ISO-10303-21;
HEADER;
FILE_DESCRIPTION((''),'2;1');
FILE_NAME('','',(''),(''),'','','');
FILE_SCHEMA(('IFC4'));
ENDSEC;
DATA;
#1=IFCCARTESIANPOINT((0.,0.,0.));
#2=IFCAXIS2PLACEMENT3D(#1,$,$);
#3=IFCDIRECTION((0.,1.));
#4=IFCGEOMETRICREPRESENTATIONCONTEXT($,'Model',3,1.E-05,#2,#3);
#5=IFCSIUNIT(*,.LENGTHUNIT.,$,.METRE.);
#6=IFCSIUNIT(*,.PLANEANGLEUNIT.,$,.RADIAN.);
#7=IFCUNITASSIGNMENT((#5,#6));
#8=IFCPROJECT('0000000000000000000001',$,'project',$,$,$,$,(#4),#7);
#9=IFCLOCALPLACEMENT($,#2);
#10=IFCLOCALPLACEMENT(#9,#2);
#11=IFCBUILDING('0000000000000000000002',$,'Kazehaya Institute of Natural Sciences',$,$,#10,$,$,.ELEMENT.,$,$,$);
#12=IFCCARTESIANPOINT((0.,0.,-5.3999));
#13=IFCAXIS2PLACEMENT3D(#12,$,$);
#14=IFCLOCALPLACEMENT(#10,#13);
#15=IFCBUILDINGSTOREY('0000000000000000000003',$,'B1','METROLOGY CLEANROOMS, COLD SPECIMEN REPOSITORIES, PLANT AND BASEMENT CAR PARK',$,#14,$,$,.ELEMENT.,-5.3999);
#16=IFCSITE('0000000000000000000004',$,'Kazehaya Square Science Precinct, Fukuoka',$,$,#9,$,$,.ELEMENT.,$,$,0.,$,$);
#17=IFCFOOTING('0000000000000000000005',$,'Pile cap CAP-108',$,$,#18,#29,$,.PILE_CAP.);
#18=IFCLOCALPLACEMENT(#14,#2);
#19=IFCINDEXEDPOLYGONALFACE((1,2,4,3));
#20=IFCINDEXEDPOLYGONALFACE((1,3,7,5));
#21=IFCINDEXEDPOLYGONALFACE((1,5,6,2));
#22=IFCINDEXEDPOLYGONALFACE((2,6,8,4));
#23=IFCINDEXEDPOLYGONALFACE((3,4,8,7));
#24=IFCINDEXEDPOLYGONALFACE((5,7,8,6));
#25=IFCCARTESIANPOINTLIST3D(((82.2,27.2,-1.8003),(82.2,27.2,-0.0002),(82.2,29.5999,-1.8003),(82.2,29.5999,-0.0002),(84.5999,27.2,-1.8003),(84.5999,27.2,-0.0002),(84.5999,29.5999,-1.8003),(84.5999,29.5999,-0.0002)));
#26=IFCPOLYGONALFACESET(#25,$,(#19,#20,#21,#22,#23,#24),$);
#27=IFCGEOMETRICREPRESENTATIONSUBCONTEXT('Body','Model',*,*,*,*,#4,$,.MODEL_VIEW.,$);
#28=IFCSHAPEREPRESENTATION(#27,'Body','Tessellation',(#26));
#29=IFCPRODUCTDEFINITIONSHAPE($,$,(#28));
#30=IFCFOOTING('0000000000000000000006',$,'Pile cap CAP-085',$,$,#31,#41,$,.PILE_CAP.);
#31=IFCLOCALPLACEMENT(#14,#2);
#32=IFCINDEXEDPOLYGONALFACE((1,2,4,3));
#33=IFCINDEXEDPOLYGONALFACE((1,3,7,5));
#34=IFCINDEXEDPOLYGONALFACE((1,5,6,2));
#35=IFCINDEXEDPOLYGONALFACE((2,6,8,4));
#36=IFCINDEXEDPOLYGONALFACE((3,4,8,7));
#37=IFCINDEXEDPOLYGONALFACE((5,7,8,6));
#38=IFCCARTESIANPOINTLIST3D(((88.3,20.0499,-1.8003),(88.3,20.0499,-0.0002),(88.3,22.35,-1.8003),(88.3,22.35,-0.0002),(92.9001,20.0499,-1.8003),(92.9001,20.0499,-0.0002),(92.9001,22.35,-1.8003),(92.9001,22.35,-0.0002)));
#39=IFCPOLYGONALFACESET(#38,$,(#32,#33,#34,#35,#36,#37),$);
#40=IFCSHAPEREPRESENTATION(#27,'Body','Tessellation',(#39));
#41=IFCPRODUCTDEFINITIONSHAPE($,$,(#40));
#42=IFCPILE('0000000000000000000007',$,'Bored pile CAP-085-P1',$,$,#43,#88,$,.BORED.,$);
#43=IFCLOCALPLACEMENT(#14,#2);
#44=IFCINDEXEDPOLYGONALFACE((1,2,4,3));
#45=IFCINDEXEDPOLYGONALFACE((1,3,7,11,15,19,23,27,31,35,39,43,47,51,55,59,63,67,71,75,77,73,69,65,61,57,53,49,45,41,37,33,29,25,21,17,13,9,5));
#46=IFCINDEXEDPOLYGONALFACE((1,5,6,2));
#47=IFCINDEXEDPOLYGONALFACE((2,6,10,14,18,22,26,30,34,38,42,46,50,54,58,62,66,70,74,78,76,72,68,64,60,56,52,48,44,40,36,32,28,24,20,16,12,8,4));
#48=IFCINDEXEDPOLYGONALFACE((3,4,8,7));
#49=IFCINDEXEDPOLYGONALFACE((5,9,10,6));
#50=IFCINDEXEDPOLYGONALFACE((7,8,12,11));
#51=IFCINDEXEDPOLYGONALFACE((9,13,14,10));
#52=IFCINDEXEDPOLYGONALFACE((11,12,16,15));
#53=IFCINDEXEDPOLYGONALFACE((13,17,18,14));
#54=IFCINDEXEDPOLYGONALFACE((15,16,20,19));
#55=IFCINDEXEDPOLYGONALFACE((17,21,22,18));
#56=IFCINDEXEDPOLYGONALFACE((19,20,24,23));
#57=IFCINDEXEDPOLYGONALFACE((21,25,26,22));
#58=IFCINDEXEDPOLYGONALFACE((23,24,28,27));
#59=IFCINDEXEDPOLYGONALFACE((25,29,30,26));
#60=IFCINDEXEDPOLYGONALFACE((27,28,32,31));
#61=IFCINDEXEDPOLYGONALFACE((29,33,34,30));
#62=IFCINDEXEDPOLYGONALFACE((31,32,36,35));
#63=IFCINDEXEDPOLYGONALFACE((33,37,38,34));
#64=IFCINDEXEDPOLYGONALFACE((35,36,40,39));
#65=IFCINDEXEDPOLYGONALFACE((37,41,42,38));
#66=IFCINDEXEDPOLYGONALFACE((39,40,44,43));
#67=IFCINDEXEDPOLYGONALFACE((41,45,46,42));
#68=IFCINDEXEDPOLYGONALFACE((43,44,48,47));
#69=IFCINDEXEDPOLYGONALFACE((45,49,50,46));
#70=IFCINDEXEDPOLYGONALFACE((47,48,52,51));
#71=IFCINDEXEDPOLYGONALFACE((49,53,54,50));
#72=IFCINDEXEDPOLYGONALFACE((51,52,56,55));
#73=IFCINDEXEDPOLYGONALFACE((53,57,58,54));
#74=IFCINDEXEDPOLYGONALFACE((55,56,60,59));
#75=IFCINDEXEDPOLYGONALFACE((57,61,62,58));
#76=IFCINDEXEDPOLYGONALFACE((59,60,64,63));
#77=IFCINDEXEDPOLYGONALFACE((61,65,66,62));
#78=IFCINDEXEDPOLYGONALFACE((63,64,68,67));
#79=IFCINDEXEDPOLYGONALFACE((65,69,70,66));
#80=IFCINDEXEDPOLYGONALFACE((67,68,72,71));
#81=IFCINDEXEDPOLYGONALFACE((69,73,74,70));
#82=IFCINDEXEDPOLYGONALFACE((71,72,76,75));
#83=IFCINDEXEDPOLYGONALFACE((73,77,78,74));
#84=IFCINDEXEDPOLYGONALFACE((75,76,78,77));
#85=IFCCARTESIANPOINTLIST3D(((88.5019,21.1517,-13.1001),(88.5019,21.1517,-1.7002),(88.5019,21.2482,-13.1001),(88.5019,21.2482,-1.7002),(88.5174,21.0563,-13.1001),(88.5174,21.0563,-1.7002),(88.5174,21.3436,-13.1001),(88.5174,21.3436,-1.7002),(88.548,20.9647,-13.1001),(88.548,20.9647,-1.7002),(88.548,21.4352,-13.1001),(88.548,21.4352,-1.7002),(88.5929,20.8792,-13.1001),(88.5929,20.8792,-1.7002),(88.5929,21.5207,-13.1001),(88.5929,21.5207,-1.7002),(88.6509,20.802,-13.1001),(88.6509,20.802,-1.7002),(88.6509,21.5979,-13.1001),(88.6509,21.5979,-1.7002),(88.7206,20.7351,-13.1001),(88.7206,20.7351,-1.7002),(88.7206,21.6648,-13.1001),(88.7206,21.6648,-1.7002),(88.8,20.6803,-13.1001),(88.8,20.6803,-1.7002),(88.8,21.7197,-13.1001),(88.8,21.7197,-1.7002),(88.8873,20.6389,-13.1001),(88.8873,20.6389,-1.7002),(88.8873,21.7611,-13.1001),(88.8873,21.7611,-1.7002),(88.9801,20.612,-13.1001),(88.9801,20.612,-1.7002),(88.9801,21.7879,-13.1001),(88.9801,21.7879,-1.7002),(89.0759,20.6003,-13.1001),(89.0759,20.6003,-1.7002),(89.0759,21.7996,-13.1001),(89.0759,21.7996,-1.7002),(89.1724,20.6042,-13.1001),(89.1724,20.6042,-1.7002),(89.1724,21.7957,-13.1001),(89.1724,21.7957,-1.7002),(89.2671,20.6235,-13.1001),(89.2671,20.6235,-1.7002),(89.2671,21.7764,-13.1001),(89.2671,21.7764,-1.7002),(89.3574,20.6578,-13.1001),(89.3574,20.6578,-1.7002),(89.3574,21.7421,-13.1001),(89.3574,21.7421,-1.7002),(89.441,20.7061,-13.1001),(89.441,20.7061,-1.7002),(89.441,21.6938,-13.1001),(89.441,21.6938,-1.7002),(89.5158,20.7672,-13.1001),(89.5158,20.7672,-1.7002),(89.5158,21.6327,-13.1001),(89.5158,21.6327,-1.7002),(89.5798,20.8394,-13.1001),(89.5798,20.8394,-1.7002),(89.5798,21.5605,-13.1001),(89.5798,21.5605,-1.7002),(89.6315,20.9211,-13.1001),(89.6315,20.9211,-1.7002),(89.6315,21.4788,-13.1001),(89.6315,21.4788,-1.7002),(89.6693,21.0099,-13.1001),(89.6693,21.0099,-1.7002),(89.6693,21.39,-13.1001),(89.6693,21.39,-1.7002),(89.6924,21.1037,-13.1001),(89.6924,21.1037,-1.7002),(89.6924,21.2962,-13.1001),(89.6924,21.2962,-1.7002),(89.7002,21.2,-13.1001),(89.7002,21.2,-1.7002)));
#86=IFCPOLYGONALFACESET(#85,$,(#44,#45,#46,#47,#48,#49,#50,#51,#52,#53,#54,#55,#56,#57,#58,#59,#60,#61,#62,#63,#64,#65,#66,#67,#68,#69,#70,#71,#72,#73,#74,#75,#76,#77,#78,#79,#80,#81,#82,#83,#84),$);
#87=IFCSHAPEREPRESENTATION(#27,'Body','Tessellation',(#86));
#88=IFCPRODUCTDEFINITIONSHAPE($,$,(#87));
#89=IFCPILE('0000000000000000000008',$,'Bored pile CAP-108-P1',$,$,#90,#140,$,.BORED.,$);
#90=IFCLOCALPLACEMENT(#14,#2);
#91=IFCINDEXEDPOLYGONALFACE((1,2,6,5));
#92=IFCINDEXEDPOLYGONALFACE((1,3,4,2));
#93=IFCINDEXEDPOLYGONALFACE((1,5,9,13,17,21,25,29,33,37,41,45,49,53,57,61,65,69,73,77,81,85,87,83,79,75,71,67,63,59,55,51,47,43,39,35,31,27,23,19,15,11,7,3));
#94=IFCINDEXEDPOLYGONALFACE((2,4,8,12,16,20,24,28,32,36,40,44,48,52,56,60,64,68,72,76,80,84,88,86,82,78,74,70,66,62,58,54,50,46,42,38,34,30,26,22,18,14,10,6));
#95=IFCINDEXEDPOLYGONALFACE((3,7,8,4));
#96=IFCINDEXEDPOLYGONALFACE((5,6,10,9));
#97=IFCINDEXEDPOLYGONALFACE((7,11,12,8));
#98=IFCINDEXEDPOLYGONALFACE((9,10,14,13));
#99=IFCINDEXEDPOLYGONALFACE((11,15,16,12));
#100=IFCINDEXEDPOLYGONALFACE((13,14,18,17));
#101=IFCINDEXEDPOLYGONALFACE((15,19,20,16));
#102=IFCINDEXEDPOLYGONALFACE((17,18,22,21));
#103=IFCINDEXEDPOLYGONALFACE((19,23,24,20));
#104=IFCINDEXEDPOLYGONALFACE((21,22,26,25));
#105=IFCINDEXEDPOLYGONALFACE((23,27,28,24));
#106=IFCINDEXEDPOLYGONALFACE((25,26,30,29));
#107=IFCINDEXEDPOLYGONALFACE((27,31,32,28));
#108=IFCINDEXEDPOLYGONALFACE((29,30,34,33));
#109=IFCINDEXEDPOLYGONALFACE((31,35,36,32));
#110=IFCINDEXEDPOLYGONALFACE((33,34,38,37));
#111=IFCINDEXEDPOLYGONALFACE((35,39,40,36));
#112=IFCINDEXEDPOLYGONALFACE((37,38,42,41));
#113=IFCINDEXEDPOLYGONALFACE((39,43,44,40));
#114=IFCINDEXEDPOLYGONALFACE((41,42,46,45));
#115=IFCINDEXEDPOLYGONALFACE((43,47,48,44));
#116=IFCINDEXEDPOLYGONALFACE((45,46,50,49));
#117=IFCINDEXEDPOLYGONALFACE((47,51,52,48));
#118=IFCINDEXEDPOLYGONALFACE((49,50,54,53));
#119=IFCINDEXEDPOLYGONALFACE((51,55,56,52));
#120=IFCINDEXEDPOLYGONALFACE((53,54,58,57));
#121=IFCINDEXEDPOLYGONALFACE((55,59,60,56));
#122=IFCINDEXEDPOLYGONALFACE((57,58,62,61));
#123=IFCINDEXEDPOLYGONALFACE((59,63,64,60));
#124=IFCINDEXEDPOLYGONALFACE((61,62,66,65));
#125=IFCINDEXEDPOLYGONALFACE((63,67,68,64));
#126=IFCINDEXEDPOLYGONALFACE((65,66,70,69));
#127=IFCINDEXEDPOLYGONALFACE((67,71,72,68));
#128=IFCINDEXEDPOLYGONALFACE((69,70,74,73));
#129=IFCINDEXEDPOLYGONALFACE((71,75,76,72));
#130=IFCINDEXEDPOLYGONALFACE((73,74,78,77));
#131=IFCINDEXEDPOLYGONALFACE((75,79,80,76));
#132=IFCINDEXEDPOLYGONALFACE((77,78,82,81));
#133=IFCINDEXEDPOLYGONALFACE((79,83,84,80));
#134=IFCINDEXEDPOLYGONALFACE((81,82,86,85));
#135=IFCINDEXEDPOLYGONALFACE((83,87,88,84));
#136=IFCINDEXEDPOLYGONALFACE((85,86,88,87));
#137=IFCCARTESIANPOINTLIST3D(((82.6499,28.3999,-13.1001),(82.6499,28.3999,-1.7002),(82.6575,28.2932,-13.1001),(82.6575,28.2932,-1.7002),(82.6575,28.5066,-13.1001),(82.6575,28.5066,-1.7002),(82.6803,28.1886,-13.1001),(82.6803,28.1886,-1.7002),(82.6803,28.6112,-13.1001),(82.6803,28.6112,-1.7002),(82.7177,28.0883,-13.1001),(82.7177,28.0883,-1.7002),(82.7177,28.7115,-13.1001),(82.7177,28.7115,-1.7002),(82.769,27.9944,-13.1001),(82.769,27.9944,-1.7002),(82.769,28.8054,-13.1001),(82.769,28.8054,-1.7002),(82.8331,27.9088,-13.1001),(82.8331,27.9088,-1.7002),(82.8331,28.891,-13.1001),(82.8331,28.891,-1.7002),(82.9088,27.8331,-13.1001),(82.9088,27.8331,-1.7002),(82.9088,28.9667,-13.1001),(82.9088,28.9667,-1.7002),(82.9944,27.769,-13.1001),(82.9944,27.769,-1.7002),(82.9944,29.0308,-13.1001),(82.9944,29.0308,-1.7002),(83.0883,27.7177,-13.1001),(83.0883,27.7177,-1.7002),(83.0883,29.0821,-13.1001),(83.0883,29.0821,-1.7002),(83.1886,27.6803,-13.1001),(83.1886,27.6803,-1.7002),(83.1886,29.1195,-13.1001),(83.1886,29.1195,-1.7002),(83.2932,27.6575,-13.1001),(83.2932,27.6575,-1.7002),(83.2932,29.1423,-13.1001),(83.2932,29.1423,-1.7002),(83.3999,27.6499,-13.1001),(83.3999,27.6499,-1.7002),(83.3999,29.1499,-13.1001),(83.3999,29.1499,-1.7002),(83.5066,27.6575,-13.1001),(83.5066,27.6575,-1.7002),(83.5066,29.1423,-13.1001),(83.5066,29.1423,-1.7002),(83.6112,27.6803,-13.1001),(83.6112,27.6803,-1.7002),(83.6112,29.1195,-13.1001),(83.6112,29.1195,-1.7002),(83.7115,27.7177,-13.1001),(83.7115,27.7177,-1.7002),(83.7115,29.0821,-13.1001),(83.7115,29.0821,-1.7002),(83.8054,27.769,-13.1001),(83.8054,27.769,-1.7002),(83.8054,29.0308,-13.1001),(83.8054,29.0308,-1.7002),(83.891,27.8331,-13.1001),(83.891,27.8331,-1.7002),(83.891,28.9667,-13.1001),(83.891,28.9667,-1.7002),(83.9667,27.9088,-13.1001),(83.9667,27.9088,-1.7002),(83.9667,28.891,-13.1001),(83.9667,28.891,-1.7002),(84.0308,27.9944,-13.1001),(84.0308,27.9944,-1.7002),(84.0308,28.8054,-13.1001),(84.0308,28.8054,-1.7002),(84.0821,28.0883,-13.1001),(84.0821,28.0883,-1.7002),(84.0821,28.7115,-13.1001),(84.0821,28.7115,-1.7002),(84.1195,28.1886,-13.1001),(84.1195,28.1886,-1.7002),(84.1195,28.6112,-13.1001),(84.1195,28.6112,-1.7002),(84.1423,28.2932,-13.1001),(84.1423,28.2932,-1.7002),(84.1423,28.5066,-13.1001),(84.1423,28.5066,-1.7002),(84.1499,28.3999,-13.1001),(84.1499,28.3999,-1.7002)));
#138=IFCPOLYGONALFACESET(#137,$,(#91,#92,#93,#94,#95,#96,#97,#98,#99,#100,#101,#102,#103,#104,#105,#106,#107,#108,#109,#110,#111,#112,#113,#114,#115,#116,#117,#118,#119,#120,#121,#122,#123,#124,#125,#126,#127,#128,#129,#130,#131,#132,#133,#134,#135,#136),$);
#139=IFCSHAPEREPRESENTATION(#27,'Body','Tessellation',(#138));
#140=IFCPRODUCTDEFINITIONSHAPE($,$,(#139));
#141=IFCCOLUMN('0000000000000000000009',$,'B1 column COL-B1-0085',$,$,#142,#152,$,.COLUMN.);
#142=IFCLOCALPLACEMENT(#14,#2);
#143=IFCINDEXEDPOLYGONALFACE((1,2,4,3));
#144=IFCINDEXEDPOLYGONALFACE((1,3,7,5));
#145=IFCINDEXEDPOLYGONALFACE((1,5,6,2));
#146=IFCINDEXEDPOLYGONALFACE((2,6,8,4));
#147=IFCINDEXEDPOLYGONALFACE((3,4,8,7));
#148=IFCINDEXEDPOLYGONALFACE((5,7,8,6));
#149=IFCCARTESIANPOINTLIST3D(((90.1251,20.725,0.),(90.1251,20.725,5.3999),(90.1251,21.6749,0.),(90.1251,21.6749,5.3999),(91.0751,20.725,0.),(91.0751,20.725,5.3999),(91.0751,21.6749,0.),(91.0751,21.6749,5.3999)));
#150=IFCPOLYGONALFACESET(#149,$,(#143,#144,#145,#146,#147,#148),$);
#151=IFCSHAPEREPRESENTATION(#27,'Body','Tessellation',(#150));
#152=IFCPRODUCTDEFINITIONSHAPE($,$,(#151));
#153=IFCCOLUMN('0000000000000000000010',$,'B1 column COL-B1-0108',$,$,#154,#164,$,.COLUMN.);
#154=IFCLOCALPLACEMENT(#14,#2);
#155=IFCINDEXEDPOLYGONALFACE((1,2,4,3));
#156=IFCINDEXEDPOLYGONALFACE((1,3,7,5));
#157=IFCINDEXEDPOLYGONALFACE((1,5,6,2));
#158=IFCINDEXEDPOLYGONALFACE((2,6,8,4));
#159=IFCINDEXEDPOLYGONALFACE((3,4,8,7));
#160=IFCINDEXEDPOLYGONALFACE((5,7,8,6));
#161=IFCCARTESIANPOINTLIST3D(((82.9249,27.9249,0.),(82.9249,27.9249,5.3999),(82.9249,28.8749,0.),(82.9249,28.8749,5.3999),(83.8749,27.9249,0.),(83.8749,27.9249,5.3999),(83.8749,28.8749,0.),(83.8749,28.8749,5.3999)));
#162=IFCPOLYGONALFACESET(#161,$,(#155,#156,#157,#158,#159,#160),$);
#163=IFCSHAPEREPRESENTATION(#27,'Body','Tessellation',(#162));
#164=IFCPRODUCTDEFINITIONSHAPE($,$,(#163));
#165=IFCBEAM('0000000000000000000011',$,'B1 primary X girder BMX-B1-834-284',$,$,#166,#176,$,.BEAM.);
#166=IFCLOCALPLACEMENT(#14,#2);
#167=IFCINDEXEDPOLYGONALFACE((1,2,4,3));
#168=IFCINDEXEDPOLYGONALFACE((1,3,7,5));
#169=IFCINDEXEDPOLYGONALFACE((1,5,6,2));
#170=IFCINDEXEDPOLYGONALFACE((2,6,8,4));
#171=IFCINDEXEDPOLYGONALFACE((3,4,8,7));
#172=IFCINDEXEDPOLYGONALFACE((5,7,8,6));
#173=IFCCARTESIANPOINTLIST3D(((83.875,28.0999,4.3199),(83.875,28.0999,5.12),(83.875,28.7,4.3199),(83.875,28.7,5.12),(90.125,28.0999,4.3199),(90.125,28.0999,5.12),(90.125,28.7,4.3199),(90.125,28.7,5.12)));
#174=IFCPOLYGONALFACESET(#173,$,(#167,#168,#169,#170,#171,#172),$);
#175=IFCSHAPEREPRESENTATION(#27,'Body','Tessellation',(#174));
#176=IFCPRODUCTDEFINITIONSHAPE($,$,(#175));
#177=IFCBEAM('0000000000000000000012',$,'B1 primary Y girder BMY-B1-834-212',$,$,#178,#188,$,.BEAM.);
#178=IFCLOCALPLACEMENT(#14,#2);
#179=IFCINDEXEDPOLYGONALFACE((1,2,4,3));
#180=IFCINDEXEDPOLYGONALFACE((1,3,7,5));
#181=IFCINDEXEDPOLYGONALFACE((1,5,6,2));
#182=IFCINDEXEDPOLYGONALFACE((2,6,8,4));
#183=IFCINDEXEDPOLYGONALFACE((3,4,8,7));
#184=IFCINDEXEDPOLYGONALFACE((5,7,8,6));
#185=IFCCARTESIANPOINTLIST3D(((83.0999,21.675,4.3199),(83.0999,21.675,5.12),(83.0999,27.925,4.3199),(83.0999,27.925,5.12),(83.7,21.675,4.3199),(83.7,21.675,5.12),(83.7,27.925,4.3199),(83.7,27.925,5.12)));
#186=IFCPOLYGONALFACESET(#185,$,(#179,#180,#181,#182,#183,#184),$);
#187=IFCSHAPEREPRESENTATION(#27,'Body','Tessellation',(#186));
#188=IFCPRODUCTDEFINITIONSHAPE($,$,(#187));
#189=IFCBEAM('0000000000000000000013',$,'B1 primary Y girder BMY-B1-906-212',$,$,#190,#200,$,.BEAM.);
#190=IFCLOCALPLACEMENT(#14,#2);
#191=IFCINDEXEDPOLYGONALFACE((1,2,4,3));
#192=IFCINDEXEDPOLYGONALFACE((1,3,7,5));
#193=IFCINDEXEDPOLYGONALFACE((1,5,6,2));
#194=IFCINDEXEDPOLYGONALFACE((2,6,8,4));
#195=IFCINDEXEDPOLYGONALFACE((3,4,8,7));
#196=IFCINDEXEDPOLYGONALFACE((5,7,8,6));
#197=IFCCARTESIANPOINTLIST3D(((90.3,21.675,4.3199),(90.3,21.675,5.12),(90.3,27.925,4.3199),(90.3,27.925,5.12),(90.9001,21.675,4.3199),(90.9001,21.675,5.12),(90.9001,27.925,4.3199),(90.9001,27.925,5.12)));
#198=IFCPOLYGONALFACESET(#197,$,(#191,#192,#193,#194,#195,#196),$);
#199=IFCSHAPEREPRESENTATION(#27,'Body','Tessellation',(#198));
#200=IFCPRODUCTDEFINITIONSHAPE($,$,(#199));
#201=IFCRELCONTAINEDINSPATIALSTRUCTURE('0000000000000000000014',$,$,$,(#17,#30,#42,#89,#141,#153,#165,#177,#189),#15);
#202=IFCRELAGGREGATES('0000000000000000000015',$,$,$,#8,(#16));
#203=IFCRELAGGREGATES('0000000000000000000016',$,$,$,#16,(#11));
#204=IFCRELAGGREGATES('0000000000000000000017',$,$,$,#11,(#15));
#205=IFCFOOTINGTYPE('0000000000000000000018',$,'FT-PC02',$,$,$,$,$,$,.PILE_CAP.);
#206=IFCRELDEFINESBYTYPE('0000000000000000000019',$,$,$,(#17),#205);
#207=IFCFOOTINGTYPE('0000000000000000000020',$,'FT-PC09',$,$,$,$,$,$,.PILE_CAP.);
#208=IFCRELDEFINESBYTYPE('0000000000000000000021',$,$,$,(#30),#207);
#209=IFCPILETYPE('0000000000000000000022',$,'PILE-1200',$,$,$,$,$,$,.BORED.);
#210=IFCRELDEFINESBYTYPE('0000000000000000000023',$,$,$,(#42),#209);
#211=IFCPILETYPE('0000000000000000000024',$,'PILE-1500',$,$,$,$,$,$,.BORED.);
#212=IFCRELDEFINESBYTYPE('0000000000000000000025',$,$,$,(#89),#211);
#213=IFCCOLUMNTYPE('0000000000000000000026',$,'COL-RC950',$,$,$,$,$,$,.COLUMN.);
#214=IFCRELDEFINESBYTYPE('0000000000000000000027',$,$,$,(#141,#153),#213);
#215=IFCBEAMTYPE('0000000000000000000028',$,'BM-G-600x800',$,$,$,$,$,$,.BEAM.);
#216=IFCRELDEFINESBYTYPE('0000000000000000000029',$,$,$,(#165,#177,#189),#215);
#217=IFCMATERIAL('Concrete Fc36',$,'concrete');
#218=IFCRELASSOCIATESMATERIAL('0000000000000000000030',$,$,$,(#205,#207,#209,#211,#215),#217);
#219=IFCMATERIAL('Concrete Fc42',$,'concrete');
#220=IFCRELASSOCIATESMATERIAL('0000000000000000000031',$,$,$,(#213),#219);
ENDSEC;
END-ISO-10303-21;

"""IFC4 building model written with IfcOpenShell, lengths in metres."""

from ifc_helpers import new_model, si_unit, direction, frame, origin, origin_2d, place, context, subcontext, project, spatial, rectangle, circle, extrude, material, material_profile, profile_set, type_object, element, save


model = new_model("IFC4")

# Units and contexts
model_context = context("Model", 3, precision=1e-05, world=origin(), true_north=direction((0.0, 1.0)))
body_context = subcontext(model_context, "Body", "Model", "MODEL_VIEW")
ifc_project = project(units=[si_unit("LENGTHUNIT", "METRE"), si_unit("PLANEANGLEUNIT", "RADIAN")], contexts=[model_context])

# Site, building, storey
site_placement = place(None, origin())
site = spatial("IfcSite", under=ifc_project, at=site_placement, Name="Kazehaya Square Science Precinct, Fukuoka", CompositionType="ELEMENT", RefElevation=0.0)
building_placement = place(site_placement, origin())
building = spatial("IfcBuilding", under=site, at=building_placement, Name="Kazehaya Institute of Natural Sciences", CompositionType="ELEMENT")
storey_placement = place(building_placement, frame((0.0, 0.0, -5.3999)))
storey = spatial("IfcBuildingStorey", under=building, at=storey_placement, Name="B1", Description="METROLOGY CLEANROOMS, COLD SPECIMEN REPOSITORIES, PLANT AND BASEMENT CAR PARK", CompositionType="ELEMENT", Elevation=-5.3999)

# Footings
ifc_material_1 = material(Name="Concrete Fc36", Category="concrete")
footing_type_1 = type_object("IfcFootingType", Name="FT-PC02", PredefinedType="PILE_CAP", material=ifc_material_1)
footing_1_placement = place(storey_placement, frame((83.3999, 28.3999, -1.8003), z_axis=(0.0, 0.0, 1.0), x_axis=(1.0, 0.0, 0.0)))
element("IfcFooting", 1, at=footing_1_placement, inside=storey, type_object=footing_type_1, Name="Pile cap CAP-108", PredefinedType="PILE_CAP", context=body_context, shape_type="SweptSolid", body=[
    extrude(rectangle(XDim=2.3999, YDim=2.3999, at=origin_2d()), origin(), (0.0, 0.0, 1.0), 1.8),
])
footing_type_2 = type_object("IfcFootingType", Name="FT-PC09", PredefinedType="PILE_CAP", material=ifc_material_1)
footing_2_placement = place(storey_placement, frame((90.6001, 21.2, -1.8003), z_axis=(0.0, 0.0, 1.0), x_axis=(1.0, 0.0, 0.0)))
element("IfcFooting", 2, at=footing_2_placement, inside=storey, type_object=footing_type_2, Name="Pile cap CAP-085", PredefinedType="PILE_CAP", context=body_context, shape_type="SweptSolid", body=[
    extrude(rectangle(XDim=4.6001, YDim=2.3, at=origin_2d()), origin(), (0.0, 0.0, 1.0), 1.8),
])

# Piles
ifc_material_profile_1 = material_profile(ifc_material_1, circle(Radius=0.6001, at=origin_2d()), Name="PILE-1200")
ifc_profile_set_1 = profile_set([ifc_material_profile_1], Name="Concrete Fc36")
pile_type_1 = type_object("IfcPileType", Name="PILE-1200", PredefinedType="BORED", material=ifc_profile_set_1)
pile_1_placement = place(storey_placement, frame((89.1001, 21.2, -1.7002), z_axis=(0.0, 0.0, -1.0), x_axis=(1.0, 0.0, 0.0)))
element("IfcPile", 3, at=pile_1_placement, inside=storey, type_object=pile_type_1, Name="Bored pile CAP-085-P1", PredefinedType="BORED", context=body_context, shape_type="SweptSolid", body=[
    extrude(circle(Radius=0.6001, at=origin_2d()), origin(), (0.0, 0.0, 1.0), 11.3999),
])
ifc_material_profile_2 = material_profile(ifc_material_1, circle(Radius=0.75, at=origin_2d()), Name="PILE-1500")
ifc_profile_set_2 = profile_set([ifc_material_profile_2], Name="Concrete Fc36")
pile_type_2 = type_object("IfcPileType", Name="PILE-1500", PredefinedType="BORED", material=ifc_profile_set_2)
pile_2_placement = place(storey_placement, frame((83.3999, 28.3999, -1.7002), z_axis=(0.0, 0.0, -1.0), x_axis=(1.0, 0.0, 0.0)))
element("IfcPile", 4, at=pile_2_placement, inside=storey, type_object=pile_type_2, Name="Bored pile CAP-108-P1", PredefinedType="BORED", context=body_context, shape_type="SweptSolid", body=[
    extrude(circle(Radius=0.75, at=origin_2d()), origin(), (0.0, 0.0, 1.0), 11.3999),
])

# Columns
ifc_material_2 = material(Name="Concrete Fc42", Category="concrete")
ifc_material_profile_3 = material_profile(ifc_material_2, rectangle(XDim=0.95, YDim=0.95, at=origin_2d()), Name="RC-950x950")
ifc_profile_set_3 = profile_set([ifc_material_profile_3], Name="Concrete Fc42")
column_type = type_object("IfcColumnType", Name="COL-RC950", PredefinedType="COLUMN", material=ifc_profile_set_3)
for number, where, z_axis, x_axis, name in (
    (5, (90.6001, 21.2, 0.0), (0.0, 0.0, 1.0), (1.0, 0.0, 0.0), "B1 column COL-B1-0085"),
    (6, (83.3999, 28.3999, 0.0), (0.0, 0.0, 1.0), (1.0, 0.0, 0.0), "B1 column COL-B1-0108"),
):
    element("IfcColumn", number, at=place(storey_placement, frame(where, z_axis=z_axis, x_axis=x_axis)), inside=storey, type_object=column_type, Name=name, PredefinedType="COLUMN", context=body_context, shape_type="SweptSolid", body=[
        extrude(rectangle(XDim=0.95, YDim=0.95, at=origin_2d()), origin(), (0.0, 0.0, 1.0), 5.3999),
    ])

# Beams
ifc_material_profile_4 = material_profile(ifc_material_1, rectangle(XDim=0.6001, YDim=0.8, at=origin_2d()), Name="RC-600x800")
ifc_profile_set_4 = profile_set([ifc_material_profile_4], Name="Concrete Fc36")
beam_type_1 = type_object("IfcBeamType", Name="BM-G-600x800", PredefinedType="BEAM", material=ifc_profile_set_4)
for number, where, z_axis, x_axis, name in (
    (7, (83.875, 28.3999, 4.72), (1.0, 0.0, 0.0), (0.0, 1.0, 0.0), "B1 primary X girder BMX-B1-834-284"),
    (8, (83.3999, 21.675, 4.72), (0.0, 1.0, 0.0), (-1.0, 0.0, 0.0), "B1 primary Y girder BMY-B1-834-212"),
    (9, (90.6001, 21.675, 4.72), (0.0, 1.0, 0.0), (-1.0, 0.0, 0.0), "B1 primary Y girder BMY-B1-906-212"),
):
    element("IfcBeam", number, at=place(storey_placement, frame(where, z_axis=z_axis, x_axis=x_axis)), inside=storey, type_object=beam_type_1, Name=name, PredefinedType="BEAM", context=body_context, shape_type="SweptSolid", body=[
        extrude(rectangle(XDim=0.6001, YDim=0.8, at=origin_2d()), origin(), (0.0, 0.0, 1.0), 6.25),
    ])

save(model, "model.ifc")
